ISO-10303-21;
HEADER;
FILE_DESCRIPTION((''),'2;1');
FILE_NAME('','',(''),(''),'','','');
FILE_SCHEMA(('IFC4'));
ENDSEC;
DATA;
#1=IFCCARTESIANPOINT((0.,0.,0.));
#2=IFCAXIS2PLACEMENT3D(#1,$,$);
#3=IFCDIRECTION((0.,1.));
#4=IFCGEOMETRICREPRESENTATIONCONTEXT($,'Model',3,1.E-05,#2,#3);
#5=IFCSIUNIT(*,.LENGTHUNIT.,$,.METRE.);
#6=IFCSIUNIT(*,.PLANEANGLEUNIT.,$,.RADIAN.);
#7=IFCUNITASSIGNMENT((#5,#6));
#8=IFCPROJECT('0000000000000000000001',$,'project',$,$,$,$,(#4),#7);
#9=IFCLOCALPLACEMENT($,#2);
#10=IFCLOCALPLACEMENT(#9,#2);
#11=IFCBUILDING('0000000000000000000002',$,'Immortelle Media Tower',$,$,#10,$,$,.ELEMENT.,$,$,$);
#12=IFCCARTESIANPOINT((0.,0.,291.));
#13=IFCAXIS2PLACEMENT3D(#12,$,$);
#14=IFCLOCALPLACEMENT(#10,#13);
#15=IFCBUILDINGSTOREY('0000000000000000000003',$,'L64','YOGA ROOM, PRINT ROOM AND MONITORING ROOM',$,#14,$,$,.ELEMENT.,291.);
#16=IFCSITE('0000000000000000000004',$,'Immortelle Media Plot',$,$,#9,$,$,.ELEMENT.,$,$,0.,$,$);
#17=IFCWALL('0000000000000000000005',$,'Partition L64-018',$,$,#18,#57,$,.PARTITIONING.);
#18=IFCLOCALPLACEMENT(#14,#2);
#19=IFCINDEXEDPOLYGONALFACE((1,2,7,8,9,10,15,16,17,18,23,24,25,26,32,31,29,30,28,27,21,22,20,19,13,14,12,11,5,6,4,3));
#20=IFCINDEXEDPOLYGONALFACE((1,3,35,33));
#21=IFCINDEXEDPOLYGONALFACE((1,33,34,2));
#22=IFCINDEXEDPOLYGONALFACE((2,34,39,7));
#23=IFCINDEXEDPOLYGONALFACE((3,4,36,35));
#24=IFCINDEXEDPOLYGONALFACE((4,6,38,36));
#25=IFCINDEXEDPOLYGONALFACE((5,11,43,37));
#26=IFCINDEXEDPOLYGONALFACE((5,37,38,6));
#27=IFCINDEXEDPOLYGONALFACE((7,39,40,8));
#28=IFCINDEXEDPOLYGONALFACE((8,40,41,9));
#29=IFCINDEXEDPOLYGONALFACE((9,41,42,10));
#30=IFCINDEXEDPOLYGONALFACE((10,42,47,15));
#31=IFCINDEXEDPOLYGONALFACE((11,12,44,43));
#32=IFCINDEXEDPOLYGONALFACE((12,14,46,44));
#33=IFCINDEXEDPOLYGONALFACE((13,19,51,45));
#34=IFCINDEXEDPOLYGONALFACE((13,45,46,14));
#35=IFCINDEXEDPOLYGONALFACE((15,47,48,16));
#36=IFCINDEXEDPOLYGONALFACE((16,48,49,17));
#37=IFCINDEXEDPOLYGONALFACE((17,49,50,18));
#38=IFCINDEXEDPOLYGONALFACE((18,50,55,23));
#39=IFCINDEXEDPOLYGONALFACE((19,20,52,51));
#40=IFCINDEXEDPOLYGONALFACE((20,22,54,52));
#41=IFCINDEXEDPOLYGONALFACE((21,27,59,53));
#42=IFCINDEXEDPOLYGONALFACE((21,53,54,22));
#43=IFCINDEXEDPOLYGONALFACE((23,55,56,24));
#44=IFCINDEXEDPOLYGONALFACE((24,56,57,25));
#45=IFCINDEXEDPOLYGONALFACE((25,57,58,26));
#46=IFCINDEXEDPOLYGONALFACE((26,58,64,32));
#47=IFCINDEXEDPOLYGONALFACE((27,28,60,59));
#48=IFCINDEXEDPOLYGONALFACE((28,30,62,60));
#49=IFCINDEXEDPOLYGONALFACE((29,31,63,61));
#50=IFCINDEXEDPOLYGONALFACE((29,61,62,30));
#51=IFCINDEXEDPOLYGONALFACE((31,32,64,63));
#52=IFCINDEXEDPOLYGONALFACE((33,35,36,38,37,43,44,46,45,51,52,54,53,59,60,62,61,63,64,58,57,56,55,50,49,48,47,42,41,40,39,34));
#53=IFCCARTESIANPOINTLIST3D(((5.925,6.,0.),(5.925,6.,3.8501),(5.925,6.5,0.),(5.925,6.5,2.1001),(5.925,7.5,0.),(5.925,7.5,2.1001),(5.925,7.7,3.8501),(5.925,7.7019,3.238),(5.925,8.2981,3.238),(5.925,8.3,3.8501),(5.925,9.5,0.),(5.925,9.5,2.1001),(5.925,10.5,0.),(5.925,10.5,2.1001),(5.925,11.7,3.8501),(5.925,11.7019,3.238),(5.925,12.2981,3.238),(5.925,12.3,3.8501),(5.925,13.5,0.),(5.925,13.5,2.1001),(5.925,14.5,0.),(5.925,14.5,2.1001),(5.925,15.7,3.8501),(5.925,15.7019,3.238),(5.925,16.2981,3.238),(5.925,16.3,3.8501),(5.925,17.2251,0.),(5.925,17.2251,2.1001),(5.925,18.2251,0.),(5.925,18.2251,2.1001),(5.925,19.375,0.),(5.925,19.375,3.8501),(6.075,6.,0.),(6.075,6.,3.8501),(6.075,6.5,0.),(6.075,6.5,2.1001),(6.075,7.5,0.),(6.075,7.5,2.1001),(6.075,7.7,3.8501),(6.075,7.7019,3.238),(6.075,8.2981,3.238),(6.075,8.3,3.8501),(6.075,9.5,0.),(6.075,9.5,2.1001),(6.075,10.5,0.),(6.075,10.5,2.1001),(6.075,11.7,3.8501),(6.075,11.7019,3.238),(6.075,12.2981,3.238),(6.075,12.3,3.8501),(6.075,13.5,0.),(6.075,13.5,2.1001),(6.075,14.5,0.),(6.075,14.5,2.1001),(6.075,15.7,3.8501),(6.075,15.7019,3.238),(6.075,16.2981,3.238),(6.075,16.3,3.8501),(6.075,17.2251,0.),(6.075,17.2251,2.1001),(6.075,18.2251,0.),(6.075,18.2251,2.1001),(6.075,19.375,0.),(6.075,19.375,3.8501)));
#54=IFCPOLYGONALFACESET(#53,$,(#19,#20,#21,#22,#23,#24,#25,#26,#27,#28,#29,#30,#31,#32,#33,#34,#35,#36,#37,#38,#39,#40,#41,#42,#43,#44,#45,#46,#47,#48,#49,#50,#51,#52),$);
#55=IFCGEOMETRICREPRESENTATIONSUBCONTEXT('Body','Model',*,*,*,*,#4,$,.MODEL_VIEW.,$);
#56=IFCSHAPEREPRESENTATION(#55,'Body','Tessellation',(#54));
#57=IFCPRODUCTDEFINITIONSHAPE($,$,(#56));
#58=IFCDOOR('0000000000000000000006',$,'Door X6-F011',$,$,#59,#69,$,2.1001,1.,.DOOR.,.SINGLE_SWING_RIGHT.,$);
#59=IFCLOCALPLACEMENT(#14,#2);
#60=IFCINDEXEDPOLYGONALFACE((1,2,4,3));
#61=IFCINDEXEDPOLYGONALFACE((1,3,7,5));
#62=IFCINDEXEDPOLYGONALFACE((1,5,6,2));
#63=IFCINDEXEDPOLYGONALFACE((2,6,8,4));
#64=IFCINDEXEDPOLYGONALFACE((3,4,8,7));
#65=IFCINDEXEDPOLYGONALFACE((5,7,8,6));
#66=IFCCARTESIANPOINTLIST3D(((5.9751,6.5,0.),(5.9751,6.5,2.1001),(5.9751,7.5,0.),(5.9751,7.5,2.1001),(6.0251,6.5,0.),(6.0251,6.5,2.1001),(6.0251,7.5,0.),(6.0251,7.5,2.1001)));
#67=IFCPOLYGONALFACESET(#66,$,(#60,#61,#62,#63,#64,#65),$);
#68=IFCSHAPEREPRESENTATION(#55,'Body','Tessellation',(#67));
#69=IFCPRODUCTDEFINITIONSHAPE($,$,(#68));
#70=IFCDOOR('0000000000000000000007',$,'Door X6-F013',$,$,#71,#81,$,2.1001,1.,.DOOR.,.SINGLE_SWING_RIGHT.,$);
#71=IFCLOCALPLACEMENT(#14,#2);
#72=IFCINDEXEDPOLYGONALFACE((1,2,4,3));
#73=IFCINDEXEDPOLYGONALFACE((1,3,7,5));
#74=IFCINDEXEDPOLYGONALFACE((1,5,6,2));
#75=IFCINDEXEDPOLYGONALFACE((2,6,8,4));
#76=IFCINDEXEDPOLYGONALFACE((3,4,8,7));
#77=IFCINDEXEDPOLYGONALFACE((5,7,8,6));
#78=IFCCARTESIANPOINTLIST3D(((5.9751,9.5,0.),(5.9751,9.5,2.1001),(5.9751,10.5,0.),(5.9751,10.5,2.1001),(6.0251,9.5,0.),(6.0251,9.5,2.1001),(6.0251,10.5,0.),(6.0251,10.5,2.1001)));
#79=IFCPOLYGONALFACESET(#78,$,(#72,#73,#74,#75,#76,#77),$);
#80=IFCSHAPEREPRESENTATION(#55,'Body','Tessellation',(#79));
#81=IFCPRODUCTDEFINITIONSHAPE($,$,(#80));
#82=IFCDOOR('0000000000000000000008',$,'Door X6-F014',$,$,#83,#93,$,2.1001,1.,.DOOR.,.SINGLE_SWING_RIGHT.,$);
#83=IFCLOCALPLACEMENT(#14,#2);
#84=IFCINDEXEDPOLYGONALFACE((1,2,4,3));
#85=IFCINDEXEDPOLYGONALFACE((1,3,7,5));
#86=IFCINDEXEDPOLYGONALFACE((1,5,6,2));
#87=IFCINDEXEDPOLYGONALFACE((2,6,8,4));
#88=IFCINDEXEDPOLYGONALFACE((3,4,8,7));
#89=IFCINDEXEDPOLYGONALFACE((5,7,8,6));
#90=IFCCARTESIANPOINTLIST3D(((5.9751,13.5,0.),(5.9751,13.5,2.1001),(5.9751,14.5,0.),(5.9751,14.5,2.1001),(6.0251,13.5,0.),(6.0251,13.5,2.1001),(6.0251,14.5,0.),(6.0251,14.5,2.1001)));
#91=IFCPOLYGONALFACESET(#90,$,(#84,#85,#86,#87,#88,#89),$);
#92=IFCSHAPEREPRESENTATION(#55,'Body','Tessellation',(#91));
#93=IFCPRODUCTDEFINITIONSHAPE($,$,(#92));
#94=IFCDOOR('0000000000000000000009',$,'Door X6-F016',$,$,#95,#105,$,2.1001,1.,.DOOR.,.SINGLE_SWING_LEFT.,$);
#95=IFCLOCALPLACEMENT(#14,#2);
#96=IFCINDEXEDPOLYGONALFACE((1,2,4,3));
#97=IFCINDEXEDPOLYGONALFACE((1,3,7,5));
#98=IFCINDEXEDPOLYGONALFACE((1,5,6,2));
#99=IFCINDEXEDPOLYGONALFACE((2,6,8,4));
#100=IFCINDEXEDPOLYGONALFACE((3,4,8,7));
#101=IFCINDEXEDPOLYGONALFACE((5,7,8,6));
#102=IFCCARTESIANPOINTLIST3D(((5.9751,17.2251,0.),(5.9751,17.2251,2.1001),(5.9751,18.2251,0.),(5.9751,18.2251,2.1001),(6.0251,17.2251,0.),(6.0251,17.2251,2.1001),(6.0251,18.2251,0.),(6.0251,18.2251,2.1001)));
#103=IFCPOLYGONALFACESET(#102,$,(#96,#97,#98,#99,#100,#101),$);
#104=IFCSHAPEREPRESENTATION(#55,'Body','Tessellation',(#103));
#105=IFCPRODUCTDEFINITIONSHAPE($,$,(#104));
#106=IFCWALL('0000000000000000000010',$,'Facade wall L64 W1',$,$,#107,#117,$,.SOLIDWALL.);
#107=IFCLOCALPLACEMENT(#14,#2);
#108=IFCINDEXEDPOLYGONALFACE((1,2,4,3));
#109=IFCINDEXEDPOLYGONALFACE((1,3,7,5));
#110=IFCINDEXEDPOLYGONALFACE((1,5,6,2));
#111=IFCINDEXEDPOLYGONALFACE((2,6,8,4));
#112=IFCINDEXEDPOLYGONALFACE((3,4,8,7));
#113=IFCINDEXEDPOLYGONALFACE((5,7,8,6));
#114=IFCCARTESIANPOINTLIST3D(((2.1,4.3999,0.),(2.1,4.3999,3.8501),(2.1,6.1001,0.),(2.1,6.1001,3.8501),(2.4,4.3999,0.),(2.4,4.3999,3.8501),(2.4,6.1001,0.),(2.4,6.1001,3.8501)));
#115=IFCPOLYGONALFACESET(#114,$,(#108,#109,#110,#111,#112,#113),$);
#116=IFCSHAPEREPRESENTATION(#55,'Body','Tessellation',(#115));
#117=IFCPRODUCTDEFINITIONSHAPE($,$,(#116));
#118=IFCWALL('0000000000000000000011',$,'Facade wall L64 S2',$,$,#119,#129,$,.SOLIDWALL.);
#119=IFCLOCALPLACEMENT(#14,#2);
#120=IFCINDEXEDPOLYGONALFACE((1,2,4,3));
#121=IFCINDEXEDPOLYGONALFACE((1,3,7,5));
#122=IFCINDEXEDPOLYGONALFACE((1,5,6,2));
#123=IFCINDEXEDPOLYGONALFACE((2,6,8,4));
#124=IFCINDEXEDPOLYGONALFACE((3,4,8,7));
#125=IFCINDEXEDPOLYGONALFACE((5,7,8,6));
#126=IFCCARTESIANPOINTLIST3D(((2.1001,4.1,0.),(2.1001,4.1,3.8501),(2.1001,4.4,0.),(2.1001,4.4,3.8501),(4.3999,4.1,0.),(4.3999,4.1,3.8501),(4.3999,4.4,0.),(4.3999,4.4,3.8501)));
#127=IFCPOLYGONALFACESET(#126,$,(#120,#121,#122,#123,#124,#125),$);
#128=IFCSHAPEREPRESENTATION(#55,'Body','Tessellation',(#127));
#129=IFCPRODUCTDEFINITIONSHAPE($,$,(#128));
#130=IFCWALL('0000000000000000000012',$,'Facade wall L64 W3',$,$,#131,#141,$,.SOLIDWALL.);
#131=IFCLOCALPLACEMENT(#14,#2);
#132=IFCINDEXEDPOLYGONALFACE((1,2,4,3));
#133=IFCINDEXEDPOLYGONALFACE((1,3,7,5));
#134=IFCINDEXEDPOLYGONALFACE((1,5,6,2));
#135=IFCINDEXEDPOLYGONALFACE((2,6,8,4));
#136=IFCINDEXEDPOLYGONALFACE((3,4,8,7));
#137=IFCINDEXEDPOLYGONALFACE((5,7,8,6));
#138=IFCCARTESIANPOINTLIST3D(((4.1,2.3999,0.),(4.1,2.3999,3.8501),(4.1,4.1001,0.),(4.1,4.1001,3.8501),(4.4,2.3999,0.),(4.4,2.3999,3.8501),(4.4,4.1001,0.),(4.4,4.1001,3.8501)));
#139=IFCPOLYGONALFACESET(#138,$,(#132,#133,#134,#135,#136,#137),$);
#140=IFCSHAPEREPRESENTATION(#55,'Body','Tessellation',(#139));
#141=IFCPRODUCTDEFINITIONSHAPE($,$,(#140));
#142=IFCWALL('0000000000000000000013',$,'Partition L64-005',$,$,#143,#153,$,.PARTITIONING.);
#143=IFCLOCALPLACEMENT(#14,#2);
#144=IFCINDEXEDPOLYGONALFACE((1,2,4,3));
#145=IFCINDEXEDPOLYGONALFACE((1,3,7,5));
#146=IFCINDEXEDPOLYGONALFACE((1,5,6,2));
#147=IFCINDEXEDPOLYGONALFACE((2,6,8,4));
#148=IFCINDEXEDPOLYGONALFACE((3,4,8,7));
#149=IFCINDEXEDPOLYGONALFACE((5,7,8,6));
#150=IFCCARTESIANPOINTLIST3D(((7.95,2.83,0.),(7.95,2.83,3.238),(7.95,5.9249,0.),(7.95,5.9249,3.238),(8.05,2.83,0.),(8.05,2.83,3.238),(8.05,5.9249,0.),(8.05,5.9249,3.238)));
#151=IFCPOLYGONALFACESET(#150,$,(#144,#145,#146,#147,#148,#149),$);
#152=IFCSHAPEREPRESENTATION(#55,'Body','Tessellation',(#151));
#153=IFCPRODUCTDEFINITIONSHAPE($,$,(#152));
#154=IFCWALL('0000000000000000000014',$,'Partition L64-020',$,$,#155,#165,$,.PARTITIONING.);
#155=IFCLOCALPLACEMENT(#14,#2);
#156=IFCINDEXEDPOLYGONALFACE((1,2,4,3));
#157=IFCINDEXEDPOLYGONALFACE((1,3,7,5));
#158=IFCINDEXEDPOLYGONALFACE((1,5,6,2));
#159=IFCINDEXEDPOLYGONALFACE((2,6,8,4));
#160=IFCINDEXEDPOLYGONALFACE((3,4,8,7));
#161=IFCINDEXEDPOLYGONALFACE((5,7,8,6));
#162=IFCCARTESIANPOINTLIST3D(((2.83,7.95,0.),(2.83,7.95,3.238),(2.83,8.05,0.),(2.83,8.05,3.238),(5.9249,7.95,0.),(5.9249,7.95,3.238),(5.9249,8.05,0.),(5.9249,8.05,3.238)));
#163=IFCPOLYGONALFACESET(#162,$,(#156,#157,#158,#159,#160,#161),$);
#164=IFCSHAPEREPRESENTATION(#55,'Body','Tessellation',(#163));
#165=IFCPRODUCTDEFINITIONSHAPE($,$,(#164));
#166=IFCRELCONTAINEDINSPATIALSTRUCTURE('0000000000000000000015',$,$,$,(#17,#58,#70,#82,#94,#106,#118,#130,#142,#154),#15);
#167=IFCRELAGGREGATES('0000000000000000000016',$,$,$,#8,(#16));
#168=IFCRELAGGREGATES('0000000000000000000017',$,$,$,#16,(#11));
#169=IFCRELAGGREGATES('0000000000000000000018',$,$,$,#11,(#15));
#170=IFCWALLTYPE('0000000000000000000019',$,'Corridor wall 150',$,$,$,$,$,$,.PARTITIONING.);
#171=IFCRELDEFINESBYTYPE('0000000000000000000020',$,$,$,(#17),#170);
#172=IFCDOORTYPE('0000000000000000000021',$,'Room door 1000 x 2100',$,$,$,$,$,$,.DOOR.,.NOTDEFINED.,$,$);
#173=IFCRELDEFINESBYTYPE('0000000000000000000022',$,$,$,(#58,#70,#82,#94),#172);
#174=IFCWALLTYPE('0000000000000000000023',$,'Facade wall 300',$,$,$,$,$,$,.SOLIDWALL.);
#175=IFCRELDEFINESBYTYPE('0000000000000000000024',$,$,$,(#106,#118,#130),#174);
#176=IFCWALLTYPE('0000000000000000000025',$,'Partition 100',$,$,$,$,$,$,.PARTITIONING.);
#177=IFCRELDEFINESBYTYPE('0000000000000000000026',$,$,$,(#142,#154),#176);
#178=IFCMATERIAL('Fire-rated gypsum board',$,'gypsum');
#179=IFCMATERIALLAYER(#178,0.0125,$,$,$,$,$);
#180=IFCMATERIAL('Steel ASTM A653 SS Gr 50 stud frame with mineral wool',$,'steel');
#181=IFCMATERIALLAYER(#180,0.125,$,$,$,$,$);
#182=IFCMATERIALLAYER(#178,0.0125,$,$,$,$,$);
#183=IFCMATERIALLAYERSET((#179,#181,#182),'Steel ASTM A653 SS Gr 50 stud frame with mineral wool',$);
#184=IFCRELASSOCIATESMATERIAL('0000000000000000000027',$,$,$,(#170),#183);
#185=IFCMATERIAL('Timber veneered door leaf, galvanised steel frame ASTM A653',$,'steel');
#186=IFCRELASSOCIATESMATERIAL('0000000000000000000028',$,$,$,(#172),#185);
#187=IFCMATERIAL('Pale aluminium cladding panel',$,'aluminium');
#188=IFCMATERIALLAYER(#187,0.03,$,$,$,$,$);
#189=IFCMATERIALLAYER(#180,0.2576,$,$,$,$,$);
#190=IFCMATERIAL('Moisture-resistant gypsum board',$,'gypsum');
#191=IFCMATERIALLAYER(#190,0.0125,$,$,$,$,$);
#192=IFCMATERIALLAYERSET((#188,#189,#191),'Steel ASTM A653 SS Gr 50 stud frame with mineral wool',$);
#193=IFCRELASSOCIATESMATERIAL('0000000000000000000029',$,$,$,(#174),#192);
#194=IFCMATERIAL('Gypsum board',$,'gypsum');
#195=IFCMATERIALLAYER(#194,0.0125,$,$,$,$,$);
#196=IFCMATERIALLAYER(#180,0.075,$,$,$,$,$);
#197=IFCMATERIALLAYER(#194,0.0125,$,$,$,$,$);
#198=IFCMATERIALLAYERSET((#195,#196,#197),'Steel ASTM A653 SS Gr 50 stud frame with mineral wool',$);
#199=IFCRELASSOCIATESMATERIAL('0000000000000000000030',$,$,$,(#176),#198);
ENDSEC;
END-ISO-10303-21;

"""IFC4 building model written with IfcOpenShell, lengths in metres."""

from ifc_helpers import new_model, si_unit, direction, frame, frame_2d, origin, place, context, subcontext, project, spatial, polyline, rectangle, outline, extrude, material, layer, layer_set, type_object, element, fill, save


model = new_model("IFC4")

# Units and contexts
model_context = context("Model", 3, precision=1e-05, world=origin(), true_north=direction((0.0, 1.0)))
body_context = subcontext(model_context, "Body", "Model", "MODEL_VIEW")
ifc_project = project(units=[si_unit("LENGTHUNIT", "METRE"), si_unit("PLANEANGLEUNIT", "RADIAN")], contexts=[model_context])

# Site, building, storey
site_placement = place(None, origin())
site = spatial("IfcSite", under=ifc_project, at=site_placement, Name="Immortelle Media Plot", CompositionType="ELEMENT", RefElevation=0.0)
building_placement = place(site_placement, origin())
building = spatial("IfcBuilding", under=site, at=building_placement, Name="Immortelle Media Tower", CompositionType="ELEMENT")
storey_placement = place(building_placement, frame((0.0, 0.0, 291.0)))
storey = spatial("IfcBuildingStorey", under=building, at=storey_placement, Name="L64", Description="YOGA ROOM, PRINT ROOM AND MONITORING ROOM", CompositionType="ELEMENT", Elevation=291.0)

# Wall, openings, doors
ifc_material_1 = material(Name="Fire-rated gypsum board", Category="gypsum")
ifc_layer_1 = layer(ifc_material_1, 0.0125)
ifc_material_2 = material(Name="Steel ASTM A653 SS Gr 50 stud frame with mineral wool", Category="steel")
ifc_layer_2 = layer(ifc_material_2, 0.125)
ifc_layer_3 = layer(ifc_material_1, 0.0125)
ifc_layer_set_1 = layer_set([ifc_layer_1, ifc_layer_2, ifc_layer_3], Name="Steel ASTM A653 SS Gr 50 stud frame with mineral wool")
wall_type_1 = type_object("IfcWallType", Name="Corridor wall 150", PredefinedType="PARTITIONING", material=ifc_layer_set_1)
ifc_material_3 = material(Name="Timber veneered door leaf, galvanised steel frame ASTM A653", Category="steel")
door_type = type_object("IfcDoorType", Name="Room door 1000 x 2100", OperationType="NOTDEFINED", PredefinedType="DOOR", material=ifc_material_3)
wall_1_placement = place(storey_placement, frame((6.0, 6.0, 0.0), z_axis=(0.0, 0.0, 1.0), x_axis=(0.0, 1.0, 0.0)))
wall_1 = element("IfcWall", 1, at=wall_1_placement, inside=storey, type_object=wall_type_1, Name="Partition L64-018", PredefinedType="PARTITIONING", context=body_context, shape_type="SweptSolid", body=[
    extrude(outline(polyline([(0.0, 0.0), (13.375, 0.0), (13.375, 3.8501), (10.3, 3.8501), (10.2981, 3.238), (9.7019, 3.238), (9.7, 3.8501), (6.3, 3.8501), (6.2981, 3.238), (5.7019, 3.238), (5.7, 3.8501), (2.3, 3.8501), (2.2981, 3.238), (1.7019, 3.238), (1.7, 3.8501), (0.0, 3.8501), (0.0, 0.0)])), frame((0.0, 0.075, 0.0), z_axis=(0.0, -1.0, 0.0), x_axis=(1.0, 0.0, 0.0)), (0.0, 0.0, 1.0), 0.1499),
])
opening_1_placement = place(wall_1_placement, frame((0.5, 0.0, 0.0)))
opening_1 = element("IfcOpeningElement", 2, at=opening_1_placement, cuts=wall_1, PredefinedType="OPENING", context=body_context, shape_type="SweptSolid", body=[
    extrude(rectangle(XDim=1.0, YDim=2.1001, at=frame_2d((0.5, 1.05))), frame((0.0, 0.085, 0.0), z_axis=(0.0, -1.0, 0.0), x_axis=(1.0, 0.0, 0.0)), (0.0, 0.0, 1.0), 0.1699),
])
opening_2_placement = place(wall_1_placement, frame((3.5, 0.0, 0.0)))
opening_2 = element("IfcOpeningElement", 3, at=opening_2_placement, cuts=wall_1, PredefinedType="OPENING", context=body_context, shape_type="SweptSolid", body=[
    extrude(rectangle(XDim=1.0, YDim=2.1001, at=frame_2d((0.5, 1.05))), frame((0.0, 0.085, 0.0), z_axis=(0.0, -1.0, 0.0), x_axis=(1.0, 0.0, 0.0)), (0.0, 0.0, 1.0), 0.1699),
])
opening_3_placement = place(wall_1_placement, frame((7.5, 0.0, 0.0)))
opening_3 = element("IfcOpeningElement", 4, at=opening_3_placement, cuts=wall_1, PredefinedType="OPENING", context=body_context, shape_type="SweptSolid", body=[
    extrude(rectangle(XDim=1.0, YDim=2.1001, at=frame_2d((0.5, 1.05))), frame((0.0, 0.085, 0.0), z_axis=(0.0, -1.0, 0.0), x_axis=(1.0, 0.0, 0.0)), (0.0, 0.0, 1.0), 0.1699),
])
opening_4_placement = place(wall_1_placement, frame((11.2251, 0.0, 0.0)))
opening_4 = element("IfcOpeningElement", 5, at=opening_4_placement, cuts=wall_1, PredefinedType="OPENING", context=body_context, shape_type="SweptSolid", body=[
    extrude(rectangle(XDim=1.0, YDim=2.1001, at=frame_2d((0.5, 1.05))), frame((0.0, 0.085, 0.0), z_axis=(0.0, -1.0, 0.0), x_axis=(1.0, 0.0, 0.0)), (0.0, 0.0, 1.0), 0.1699),
])
door_1_placement = place(opening_1_placement, origin())
door_1 = element("IfcDoor", 6, at=door_1_placement, inside=storey, type_object=door_type, Name="Door X6-F011", OperationType="SINGLE_SWING_RIGHT", OverallHeight=2.1001, OverallWidth=1.0, PredefinedType="DOOR", context=body_context, shape_type="SweptSolid", body=[
    extrude(rectangle(XDim=1.0, YDim=2.1001, at=frame_2d((0.5, 1.05))), frame((0.0, 0.0249, 0.0), z_axis=(0.0, -1.0, 0.0), x_axis=(1.0, 0.0, 0.0)), (0.0, 0.0, 1.0), 0.05),
])
fill(opening_1, door_1)
door_2_placement = place(opening_2_placement, origin())
door_2 = element("IfcDoor", 7, at=door_2_placement, inside=storey, type_object=door_type, Name="Door X6-F013", OperationType="SINGLE_SWING_RIGHT", OverallHeight=2.1001, OverallWidth=1.0, PredefinedType="DOOR", context=body_context, shape_type="SweptSolid", body=[
    extrude(rectangle(XDim=1.0, YDim=2.1001, at=frame_2d((0.5, 1.05))), frame((0.0, 0.0249, 0.0), z_axis=(0.0, -1.0, 0.0), x_axis=(1.0, 0.0, 0.0)), (0.0, 0.0, 1.0), 0.05),
])
fill(opening_2, door_2)
door_3_placement = place(opening_3_placement, origin())
door_3 = element("IfcDoor", 8, at=door_3_placement, inside=storey, type_object=door_type, Name="Door X6-F014", OperationType="SINGLE_SWING_RIGHT", OverallHeight=2.1001, OverallWidth=1.0, PredefinedType="DOOR", context=body_context, shape_type="SweptSolid", body=[
    extrude(rectangle(XDim=1.0, YDim=2.1001, at=frame_2d((0.5, 1.05))), frame((0.0, 0.0249, 0.0), z_axis=(0.0, -1.0, 0.0), x_axis=(1.0, 0.0, 0.0)), (0.0, 0.0, 1.0), 0.05),
])
fill(opening_3, door_3)
door_4_placement = place(opening_4_placement, origin())
door_4 = element("IfcDoor", 9, at=door_4_placement, inside=storey, type_object=door_type, Name="Door X6-F016", OperationType="SINGLE_SWING_LEFT", OverallHeight=2.1001, OverallWidth=1.0, PredefinedType="DOOR", context=body_context, shape_type="SweptSolid", body=[
    extrude(rectangle(XDim=1.0, YDim=2.1001, at=frame_2d((0.5, 1.05))), frame((0.0, 0.0249, 0.0), z_axis=(0.0, -1.0, 0.0), x_axis=(1.0, 0.0, 0.0)), (0.0, 0.0, 1.0), 0.05),
])
fill(opening_4, door_4)

# Walls
ifc_material_4 = material(Name="Pale aluminium cladding panel", Category="aluminium")
ifc_layer_4 = layer(ifc_material_4, 0.03)
ifc_layer_5 = layer(ifc_material_2, 0.2576)
ifc_material_5 = material(Name="Moisture-resistant gypsum board", Category="gypsum")
ifc_layer_6 = layer(ifc_material_5, 0.0125)
ifc_layer_set_2 = layer_set([ifc_layer_4, ifc_layer_5, ifc_layer_6], Name="Steel ASTM A653 SS Gr 50 stud frame with mineral wool")
wall_type_2 = type_object("IfcWallType", Name="Facade wall 300", PredefinedType="SOLIDWALL", material=ifc_layer_set_2)
wall_2_placement = place(storey_placement, frame((2.25, 6.1001, 0.0), z_axis=(0.0, 0.0, 1.0), x_axis=(0.0, -1.0, 0.0)))
element("IfcWall", 10, at=wall_2_placement, inside=storey, type_object=wall_type_2, Name="Facade wall L64 W1", PredefinedType="SOLIDWALL", context=body_context, shape_type="SweptSolid", body=[
    extrude(rectangle(XDim=1.7002, YDim=0.3, at=frame_2d((0.8501, 0.0))), origin(), (0.0, 0.0, 1.0), 3.8501),
])
wall_3_placement = place(storey_placement, frame((2.1001, 4.25, 0.0), z_axis=(0.0, 0.0, 1.0), x_axis=(1.0, 0.0, 0.0)))
element("IfcWall", 11, at=wall_3_placement, inside=storey, type_object=wall_type_2, Name="Facade wall L64 S2", PredefinedType="SOLIDWALL", context=body_context, shape_type="SweptSolid", body=[
    extrude(rectangle(XDim=2.2998, YDim=0.3, at=frame_2d((1.1499, 0.0))), origin(), (0.0, 0.0, 1.0), 3.8501),
])
wall_4_placement = place(storey_placement, frame((4.25, 4.1001, 0.0), z_axis=(0.0, 0.0, 1.0), x_axis=(0.0, -1.0, 0.0)))
element("IfcWall", 12, at=wall_4_placement, inside=storey, type_object=wall_type_2, Name="Facade wall L64 W3", PredefinedType="SOLIDWALL", context=body_context, shape_type="SweptSolid", body=[
    extrude(rectangle(XDim=1.7002, YDim=0.3, at=frame_2d((0.8501, 0.0))), origin(), (0.0, 0.0, 1.0), 3.8501),
])
ifc_material_6 = material(Name="Gypsum board", Category="gypsum")
ifc_layer_7 = layer(ifc_material_6, 0.0125)
ifc_layer_8 = layer(ifc_material_2, 0.075)
ifc_layer_9 = layer(ifc_material_6, 0.0125)
ifc_layer_set_3 = layer_set([ifc_layer_7, ifc_layer_8, ifc_layer_9], Name="Steel ASTM A653 SS Gr 50 stud frame with mineral wool")
wall_type_3 = type_object("IfcWallType", Name="Partition 100", PredefinedType="PARTITIONING", material=ifc_layer_set_3)
for number, where, z_axis, x_axis, name in (
    (13, (8.0, 2.8301, 0.0), (0.0, 0.0, 1.0), (0.0, 1.0, 0.0), "Partition L64-005"),
    (14, (2.8301, 8.0, 0.0), (0.0, 0.0, 1.0), (1.0, 0.0, 0.0), "Partition L64-020"),
):
    element("IfcWall", number, at=place(storey_placement, frame(where, z_axis=z_axis, x_axis=x_axis)), inside=storey, type_object=wall_type_3, Name=name, PredefinedType="PARTITIONING", context=body_context, shape_type="SweptSolid", body=[
        extrude(rectangle(XDim=3.095, YDim=0.1001, at=frame_2d((1.5474, 0.0))), origin(), (0.0, 0.0, 1.0), 3.238),
    ])

save(model, "model.ifc")
